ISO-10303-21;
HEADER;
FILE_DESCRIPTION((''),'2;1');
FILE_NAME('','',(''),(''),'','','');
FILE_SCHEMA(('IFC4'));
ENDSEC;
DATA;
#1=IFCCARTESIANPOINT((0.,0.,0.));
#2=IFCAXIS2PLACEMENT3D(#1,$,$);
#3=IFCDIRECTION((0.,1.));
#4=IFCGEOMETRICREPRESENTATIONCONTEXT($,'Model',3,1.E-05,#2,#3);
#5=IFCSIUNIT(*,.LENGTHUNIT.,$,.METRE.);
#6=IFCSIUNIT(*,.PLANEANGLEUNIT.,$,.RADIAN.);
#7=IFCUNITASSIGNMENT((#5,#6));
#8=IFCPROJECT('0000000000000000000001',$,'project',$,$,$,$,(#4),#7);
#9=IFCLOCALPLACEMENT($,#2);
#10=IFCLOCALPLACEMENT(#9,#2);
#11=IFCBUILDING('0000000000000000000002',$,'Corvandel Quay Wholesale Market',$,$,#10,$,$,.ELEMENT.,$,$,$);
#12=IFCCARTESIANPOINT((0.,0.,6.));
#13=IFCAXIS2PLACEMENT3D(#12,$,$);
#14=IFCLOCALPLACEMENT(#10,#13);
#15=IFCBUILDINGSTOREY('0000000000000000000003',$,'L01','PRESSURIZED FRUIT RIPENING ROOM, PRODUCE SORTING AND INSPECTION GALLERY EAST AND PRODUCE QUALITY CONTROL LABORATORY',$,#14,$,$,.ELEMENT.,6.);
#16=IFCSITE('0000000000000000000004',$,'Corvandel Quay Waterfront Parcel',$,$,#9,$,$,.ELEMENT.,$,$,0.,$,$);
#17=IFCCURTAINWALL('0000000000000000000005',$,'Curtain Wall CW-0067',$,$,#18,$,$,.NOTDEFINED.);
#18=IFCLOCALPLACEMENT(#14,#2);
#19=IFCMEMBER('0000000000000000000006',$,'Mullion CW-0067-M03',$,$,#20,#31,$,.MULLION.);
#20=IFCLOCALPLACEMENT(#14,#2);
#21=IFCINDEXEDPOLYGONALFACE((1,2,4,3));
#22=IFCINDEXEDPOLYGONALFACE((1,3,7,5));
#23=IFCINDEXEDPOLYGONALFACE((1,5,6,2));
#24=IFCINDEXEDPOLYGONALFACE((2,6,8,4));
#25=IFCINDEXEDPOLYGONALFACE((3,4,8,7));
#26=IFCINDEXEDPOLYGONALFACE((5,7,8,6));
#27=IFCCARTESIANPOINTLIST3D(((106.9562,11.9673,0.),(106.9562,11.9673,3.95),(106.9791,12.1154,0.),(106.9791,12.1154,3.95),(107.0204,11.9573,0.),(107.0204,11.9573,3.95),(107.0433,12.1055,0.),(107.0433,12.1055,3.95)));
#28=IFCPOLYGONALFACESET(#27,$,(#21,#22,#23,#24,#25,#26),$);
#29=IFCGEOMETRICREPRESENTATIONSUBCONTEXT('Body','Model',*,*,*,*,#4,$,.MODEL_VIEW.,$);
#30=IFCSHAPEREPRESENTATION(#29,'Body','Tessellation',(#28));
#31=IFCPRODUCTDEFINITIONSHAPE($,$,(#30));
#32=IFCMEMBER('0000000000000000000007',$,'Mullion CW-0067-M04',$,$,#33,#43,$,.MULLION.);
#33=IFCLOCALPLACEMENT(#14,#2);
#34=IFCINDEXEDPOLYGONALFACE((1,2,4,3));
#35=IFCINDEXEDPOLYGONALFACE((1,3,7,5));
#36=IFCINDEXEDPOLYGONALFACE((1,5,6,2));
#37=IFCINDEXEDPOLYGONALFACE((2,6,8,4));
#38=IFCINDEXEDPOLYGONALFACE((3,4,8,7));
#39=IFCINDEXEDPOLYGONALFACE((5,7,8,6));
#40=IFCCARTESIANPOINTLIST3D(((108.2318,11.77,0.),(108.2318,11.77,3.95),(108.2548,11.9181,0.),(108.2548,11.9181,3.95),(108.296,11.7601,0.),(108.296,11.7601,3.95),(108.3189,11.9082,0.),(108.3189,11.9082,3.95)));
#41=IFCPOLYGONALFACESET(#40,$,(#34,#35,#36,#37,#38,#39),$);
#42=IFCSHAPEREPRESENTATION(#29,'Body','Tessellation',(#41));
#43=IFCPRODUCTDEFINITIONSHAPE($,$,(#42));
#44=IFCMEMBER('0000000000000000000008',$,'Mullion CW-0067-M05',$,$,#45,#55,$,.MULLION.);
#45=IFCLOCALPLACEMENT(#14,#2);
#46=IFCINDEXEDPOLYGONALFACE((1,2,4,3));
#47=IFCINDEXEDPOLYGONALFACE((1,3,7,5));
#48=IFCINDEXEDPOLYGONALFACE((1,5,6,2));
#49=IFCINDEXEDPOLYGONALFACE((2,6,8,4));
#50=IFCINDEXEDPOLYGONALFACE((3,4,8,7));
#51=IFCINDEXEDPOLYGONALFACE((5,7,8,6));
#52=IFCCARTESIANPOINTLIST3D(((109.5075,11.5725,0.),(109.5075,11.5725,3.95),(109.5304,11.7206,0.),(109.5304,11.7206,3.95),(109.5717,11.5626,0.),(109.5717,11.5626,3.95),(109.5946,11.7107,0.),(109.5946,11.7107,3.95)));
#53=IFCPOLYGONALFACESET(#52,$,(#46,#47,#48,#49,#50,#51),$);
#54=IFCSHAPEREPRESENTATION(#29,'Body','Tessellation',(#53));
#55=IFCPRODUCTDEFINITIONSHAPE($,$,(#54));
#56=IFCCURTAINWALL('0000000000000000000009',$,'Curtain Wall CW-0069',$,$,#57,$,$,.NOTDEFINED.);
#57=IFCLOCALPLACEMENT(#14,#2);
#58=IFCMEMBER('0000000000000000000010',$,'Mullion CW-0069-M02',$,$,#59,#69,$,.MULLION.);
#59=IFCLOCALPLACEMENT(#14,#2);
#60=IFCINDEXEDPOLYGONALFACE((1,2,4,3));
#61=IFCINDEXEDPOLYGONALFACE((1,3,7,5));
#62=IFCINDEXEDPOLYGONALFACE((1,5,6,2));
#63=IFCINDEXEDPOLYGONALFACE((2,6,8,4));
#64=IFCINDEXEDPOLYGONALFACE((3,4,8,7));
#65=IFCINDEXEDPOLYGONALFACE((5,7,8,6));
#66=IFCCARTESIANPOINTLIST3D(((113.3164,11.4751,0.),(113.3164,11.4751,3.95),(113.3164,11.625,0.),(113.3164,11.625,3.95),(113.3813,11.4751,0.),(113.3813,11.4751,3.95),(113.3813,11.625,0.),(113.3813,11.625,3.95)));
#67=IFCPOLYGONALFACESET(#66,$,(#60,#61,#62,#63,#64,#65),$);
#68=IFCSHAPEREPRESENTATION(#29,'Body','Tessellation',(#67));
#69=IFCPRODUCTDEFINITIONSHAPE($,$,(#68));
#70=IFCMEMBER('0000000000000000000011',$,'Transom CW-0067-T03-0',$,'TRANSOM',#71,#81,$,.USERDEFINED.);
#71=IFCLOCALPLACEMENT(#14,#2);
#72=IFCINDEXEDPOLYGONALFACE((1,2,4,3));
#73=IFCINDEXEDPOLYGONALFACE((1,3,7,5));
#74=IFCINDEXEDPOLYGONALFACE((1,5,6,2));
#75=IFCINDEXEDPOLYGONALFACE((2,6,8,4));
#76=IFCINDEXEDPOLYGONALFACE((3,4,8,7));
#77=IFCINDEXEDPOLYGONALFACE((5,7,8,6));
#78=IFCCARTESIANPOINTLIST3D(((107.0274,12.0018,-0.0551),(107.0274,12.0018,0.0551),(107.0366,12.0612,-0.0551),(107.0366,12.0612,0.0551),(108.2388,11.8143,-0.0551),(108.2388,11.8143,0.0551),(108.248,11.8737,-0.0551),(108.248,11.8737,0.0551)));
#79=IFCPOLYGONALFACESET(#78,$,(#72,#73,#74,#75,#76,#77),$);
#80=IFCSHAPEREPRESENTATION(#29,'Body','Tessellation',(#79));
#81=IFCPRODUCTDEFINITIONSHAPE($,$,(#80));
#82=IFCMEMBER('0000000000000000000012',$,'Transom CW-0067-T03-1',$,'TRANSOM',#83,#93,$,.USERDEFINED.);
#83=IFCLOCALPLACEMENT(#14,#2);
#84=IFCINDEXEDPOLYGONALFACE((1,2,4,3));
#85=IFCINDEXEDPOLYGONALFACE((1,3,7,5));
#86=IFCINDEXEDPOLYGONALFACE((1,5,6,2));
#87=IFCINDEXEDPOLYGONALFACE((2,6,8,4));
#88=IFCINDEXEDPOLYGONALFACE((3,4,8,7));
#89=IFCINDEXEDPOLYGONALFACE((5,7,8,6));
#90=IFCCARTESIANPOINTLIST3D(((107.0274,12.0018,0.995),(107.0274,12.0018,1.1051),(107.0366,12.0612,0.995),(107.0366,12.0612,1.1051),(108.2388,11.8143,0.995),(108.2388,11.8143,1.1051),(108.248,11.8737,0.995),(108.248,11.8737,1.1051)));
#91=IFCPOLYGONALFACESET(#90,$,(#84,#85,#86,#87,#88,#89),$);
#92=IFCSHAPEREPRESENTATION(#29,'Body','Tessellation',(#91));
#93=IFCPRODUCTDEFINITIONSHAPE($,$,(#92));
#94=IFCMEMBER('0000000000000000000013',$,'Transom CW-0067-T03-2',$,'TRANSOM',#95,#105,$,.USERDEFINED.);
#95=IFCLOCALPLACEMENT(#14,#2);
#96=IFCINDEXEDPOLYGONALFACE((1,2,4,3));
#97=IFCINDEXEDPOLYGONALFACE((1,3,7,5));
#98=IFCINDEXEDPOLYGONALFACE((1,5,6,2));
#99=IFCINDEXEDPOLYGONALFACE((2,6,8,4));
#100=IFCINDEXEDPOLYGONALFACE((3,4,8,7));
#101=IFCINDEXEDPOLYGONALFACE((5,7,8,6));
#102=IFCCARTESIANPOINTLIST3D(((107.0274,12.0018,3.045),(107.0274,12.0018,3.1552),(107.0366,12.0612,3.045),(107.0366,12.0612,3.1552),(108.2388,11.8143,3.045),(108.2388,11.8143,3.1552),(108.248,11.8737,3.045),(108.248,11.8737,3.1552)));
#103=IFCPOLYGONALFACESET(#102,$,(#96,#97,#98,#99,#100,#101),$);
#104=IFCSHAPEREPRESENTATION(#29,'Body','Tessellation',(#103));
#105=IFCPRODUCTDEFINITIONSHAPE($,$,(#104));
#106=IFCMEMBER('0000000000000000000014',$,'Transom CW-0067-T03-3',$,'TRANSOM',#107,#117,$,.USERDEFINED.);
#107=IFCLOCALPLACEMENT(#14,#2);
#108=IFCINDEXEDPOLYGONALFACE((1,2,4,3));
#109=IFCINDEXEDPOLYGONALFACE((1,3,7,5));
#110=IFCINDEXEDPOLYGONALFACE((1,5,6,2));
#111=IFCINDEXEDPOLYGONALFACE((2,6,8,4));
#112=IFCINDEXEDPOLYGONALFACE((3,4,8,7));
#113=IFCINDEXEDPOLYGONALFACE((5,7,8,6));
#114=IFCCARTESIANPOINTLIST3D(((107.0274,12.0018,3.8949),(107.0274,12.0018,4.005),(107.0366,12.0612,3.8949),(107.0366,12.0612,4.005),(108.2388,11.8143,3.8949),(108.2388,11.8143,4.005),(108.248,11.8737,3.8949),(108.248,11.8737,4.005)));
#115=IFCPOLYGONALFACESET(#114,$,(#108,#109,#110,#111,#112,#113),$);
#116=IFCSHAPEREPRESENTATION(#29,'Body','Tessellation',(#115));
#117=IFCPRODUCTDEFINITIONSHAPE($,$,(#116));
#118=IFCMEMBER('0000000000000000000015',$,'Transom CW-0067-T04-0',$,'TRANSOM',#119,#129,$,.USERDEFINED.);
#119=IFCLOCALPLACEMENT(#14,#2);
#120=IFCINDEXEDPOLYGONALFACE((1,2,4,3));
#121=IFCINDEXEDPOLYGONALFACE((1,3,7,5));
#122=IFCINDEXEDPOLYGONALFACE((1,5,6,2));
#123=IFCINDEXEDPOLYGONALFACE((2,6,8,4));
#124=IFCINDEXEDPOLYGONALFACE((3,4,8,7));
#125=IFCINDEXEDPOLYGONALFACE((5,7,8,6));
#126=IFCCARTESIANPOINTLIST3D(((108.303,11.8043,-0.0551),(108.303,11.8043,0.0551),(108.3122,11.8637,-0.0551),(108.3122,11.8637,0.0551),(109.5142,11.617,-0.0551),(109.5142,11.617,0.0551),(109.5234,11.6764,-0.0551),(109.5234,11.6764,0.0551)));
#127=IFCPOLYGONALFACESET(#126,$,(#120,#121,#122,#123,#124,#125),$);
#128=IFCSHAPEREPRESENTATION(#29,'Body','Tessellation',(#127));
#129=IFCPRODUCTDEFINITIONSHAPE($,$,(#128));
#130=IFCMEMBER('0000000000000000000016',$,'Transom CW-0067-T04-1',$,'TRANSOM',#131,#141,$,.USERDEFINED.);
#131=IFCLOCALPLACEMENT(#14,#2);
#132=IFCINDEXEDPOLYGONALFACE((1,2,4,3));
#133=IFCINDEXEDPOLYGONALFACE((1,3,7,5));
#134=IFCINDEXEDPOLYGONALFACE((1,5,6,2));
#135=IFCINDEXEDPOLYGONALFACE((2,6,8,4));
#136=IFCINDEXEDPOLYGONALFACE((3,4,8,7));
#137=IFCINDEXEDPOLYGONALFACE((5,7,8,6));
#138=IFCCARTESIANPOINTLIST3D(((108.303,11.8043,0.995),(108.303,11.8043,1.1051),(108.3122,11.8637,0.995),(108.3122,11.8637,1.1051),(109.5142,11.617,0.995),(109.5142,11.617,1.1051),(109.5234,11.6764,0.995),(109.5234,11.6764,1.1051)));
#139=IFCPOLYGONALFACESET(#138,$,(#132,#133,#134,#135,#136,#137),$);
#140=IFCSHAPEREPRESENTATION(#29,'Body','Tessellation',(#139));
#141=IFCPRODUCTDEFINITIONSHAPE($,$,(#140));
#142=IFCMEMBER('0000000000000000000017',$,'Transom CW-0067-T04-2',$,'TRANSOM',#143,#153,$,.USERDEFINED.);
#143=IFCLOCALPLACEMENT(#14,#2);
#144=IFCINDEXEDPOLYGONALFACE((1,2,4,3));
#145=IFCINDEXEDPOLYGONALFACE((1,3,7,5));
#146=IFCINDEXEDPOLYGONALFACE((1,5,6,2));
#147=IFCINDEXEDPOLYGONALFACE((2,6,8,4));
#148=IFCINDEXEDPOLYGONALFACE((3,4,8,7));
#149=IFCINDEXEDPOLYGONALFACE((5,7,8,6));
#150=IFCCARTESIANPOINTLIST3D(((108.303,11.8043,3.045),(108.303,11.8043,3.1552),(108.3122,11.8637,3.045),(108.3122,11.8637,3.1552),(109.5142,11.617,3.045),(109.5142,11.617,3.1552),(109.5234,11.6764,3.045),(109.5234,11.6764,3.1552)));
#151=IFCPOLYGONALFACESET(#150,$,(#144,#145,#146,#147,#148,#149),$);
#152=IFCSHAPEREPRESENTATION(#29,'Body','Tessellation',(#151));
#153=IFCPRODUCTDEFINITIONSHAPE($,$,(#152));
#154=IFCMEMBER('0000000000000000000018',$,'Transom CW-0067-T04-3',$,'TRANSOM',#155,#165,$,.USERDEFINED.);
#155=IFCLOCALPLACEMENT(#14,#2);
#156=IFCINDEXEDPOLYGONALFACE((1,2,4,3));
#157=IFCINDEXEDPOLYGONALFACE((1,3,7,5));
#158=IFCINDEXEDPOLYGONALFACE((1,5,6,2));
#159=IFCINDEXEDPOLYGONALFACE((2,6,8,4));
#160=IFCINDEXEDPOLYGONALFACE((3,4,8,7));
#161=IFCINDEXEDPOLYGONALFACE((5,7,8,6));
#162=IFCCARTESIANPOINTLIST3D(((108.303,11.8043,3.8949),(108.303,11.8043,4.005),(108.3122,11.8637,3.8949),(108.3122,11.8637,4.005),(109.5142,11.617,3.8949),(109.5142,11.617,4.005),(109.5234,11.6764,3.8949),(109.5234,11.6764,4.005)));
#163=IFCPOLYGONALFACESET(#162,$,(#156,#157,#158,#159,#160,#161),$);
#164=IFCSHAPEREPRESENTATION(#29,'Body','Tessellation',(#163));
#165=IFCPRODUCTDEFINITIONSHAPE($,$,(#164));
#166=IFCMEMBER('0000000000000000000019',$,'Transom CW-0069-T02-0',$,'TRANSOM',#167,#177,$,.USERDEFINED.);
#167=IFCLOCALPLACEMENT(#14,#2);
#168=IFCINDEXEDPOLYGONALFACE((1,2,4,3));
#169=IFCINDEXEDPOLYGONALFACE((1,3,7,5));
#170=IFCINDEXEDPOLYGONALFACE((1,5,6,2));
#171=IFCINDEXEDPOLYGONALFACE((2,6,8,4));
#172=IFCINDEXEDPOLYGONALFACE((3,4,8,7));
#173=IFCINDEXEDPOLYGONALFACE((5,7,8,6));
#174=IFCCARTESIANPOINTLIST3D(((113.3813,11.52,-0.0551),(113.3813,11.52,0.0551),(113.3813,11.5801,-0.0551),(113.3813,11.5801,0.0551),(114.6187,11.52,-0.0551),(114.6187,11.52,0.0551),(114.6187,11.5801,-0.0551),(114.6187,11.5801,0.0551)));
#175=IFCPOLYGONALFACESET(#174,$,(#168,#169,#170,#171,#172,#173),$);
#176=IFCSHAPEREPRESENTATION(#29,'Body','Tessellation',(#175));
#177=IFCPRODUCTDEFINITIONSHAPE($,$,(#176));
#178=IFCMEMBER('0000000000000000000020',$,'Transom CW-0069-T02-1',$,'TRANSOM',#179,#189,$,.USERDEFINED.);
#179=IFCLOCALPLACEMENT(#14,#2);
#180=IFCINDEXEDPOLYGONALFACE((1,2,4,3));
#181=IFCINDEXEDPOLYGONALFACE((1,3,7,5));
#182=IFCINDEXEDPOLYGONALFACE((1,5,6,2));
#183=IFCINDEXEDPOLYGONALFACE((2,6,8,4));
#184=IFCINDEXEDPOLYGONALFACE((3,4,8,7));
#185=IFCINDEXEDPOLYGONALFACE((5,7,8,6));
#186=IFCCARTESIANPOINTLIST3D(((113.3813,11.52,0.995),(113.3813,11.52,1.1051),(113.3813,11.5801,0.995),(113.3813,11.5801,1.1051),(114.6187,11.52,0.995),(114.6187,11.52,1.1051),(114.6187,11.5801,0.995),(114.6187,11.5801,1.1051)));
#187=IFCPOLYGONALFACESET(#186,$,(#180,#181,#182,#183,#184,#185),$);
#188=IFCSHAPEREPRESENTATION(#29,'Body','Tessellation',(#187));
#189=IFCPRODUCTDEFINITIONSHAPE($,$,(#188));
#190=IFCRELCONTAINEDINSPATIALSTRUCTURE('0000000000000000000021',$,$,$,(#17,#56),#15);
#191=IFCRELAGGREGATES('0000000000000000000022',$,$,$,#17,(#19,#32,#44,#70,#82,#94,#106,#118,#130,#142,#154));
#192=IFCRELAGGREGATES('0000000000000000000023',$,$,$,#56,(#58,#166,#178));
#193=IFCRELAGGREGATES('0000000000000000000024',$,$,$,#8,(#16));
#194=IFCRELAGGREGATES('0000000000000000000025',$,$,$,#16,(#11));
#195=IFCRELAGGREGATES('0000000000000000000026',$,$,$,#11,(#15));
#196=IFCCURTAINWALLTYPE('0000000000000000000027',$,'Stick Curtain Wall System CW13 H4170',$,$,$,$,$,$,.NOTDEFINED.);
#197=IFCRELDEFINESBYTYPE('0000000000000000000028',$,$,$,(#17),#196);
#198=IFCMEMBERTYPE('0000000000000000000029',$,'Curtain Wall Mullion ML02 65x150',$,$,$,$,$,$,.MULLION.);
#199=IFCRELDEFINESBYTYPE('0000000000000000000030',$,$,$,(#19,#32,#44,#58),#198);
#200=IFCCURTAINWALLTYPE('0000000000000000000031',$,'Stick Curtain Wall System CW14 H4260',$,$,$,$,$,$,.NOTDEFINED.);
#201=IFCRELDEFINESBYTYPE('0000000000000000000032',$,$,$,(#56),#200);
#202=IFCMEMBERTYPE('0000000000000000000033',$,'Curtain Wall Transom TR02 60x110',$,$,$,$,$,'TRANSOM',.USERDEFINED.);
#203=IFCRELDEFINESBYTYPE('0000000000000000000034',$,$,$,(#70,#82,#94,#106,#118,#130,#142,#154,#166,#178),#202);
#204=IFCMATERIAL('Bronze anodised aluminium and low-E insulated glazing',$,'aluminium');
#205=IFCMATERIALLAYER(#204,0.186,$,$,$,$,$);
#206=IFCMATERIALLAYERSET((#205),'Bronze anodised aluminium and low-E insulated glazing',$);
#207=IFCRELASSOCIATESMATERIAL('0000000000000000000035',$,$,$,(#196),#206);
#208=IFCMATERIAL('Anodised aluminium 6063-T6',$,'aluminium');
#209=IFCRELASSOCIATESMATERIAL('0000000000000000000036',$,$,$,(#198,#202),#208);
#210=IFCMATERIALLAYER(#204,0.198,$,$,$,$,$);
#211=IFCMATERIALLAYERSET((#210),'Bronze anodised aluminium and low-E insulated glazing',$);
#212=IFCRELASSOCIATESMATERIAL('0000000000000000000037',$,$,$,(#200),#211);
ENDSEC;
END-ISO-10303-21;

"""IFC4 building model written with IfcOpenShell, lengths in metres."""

from ifc_helpers import new_model, si_unit, direction, frame, origin, origin_2d, place, context, subcontext, project, spatial, rectangle, extrude, material, layer, layer_set, material_profile, profile_set, type_object, element, aggregate, save


model = new_model("IFC4")

# Units and contexts
model_context = context("Model", 3, precision=1e-05, world=origin(), true_north=direction((0.0, 1.0)))
body_context = subcontext(model_context, "Body", "Model", "MODEL_VIEW")
ifc_project = project(units=[si_unit("LENGTHUNIT", "METRE"), si_unit("PLANEANGLEUNIT", "RADIAN")], contexts=[model_context])

# Site, building, storey
site_placement = place(None, origin())
site = spatial("IfcSite", under=ifc_project, at=site_placement, Name="Corvandel Quay Waterfront Parcel", CompositionType="ELEMENT", RefElevation=0.0)
building_placement = place(site_placement, origin())
building = spatial("IfcBuilding", under=site, at=building_placement, Name="Corvandel Quay Wholesale Market", CompositionType="ELEMENT")
storey_placement = place(building_placement, frame((0.0, 0.0, 6.0)))
storey = spatial("IfcBuildingStorey", under=building, at=storey_placement, Name="L01", Description="PRESSURIZED FRUIT RIPENING ROOM, PRODUCE SORTING AND INSPECTION GALLERY EAST AND PRODUCE QUALITY CONTROL LABORATORY", CompositionType="ELEMENT", Elevation=6.0)

# Curtain wall, members
ifc_material_1 = material(Name="Bronze anodised aluminium and low-E insulated glazing", Category="aluminium")
ifc_layer_1 = layer(ifc_material_1, 0.186)
ifc_layer_set_1 = layer_set([ifc_layer_1], Name="Bronze anodised aluminium and low-E insulated glazing")
curtain_wall_type_1 = type_object("IfcCurtainWallType", Name="Stick Curtain Wall System CW13 H4170", PredefinedType="NOTDEFINED", material=ifc_layer_set_1)
curtain_wall_1_placement = place(storey_placement, origin())
curtain_wall_1 = element("IfcCurtainWall", 1, at=curtain_wall_1_placement, inside=storey, type_object=curtain_wall_type_1, Name="Curtain Wall CW-0067", PredefinedType="NOTDEFINED")
ifc_material_2 = material(Name="Anodised aluminium 6063-T6", Category="aluminium")
ifc_material_profile_1 = material_profile(ifc_material_2, rectangle(XDim=0.0649, YDim=0.1499, at=origin_2d()), Name="ALU-MUL-65x150")
ifc_profile_set_1 = profile_set([ifc_material_profile_1], Name="Anodised aluminium 6063-T6")
member_type_1 = type_object("IfcMemberType", Name="Curtain Wall Mullion ML02 65x150", PredefinedType="MULLION", material=ifc_profile_set_1)
member_1_placement = place(storey_placement, frame((106.9998, 12.0364, 0.0), z_axis=(0.0, 0.0, 1.0), x_axis=(-0.988255, 0.152813, 0.0)))
member_1 = element("IfcMember", 2, at=member_1_placement, type_object=member_type_1, Name="Mullion CW-0067-M03", PredefinedType="MULLION", context=body_context, shape_type="SweptSolid", body=[
    extrude(rectangle(XDim=0.0649, YDim=0.1499, at=origin_2d()), origin(), (0.0, 0.0, 1.0), 3.95),
])
member_2_placement = place(storey_placement, frame((108.2754, 11.8391, 0.0), z_axis=(0.0, 0.0, 1.0), x_axis=(-0.988255, 0.152813, 0.0)))
member_2 = element("IfcMember", 3, at=member_2_placement, type_object=member_type_1, Name="Mullion CW-0067-M04", PredefinedType="MULLION", context=body_context, shape_type="SweptSolid", body=[
    extrude(rectangle(XDim=0.0649, YDim=0.1499, at=origin_2d()), origin(), (0.0, 0.0, 1.0), 3.95),
])
member_3_placement = place(storey_placement, frame((109.551, 11.6416, 0.0), z_axis=(0.0, 0.0, 1.0), x_axis=(-0.988255, 0.152813, 0.0)))
member_3 = element("IfcMember", 4, at=member_3_placement, type_object=member_type_1, Name="Mullion CW-0067-M05", PredefinedType="MULLION", context=body_context, shape_type="SweptSolid", body=[
    extrude(rectangle(XDim=0.0649, YDim=0.1499, at=origin_2d()), origin(), (0.0, 0.0, 1.0), 3.95),
])

# Curtain wall, member
ifc_layer_2 = layer(ifc_material_1, 0.198)
ifc_layer_set_2 = layer_set([ifc_layer_2], Name="Bronze anodised aluminium and low-E insulated glazing")
curtain_wall_type_2 = type_object("IfcCurtainWallType", Name="Stick Curtain Wall System CW14 H4260", PredefinedType="NOTDEFINED", material=ifc_layer_set_2)
curtain_wall_2_placement = place(storey_placement, origin())
curtain_wall_2 = element("IfcCurtainWall", 5, at=curtain_wall_2_placement, inside=storey, type_object=curtain_wall_type_2, Name="Curtain Wall CW-0069", PredefinedType="NOTDEFINED")
member_4_placement = place(storey_placement, frame((113.3489, 11.55, 0.0), z_axis=(0.0, 0.0, 1.0), x_axis=(1.0, 0.0, 0.0)))
member_4 = element("IfcMember", 6, at=member_4_placement, type_object=member_type_1, Name="Mullion CW-0069-M02", PredefinedType="MULLION", context=body_context, shape_type="SweptSolid", body=[
    extrude(rectangle(XDim=0.0649, YDim=0.1499, at=origin_2d()), origin(), (0.0, 0.0, 1.0), 3.95),
])

# Members
ifc_material_profile_2 = material_profile(ifc_material_2, rectangle(XDim=0.0601, YDim=0.1101, at=origin_2d()), Name="ALU-TRN-60x110")
ifc_profile_set_2 = profile_set([ifc_material_profile_2], Name="Anodised aluminium 6063-T6")
member_type_2 = type_object("IfcMemberType", Name="Curtain Wall Transom TR02 60x110", ElementType="TRANSOM", PredefinedType="USERDEFINED", material=ifc_profile_set_2)
member_5_placement = place(storey_placement, frame((107.032, 12.0315, 0.0), z_axis=(0.988233, -0.152955, 0.0), x_axis=(0.152955, 0.988233, 0.0)))
member_5 = element("IfcMember", 7, at=member_5_placement, type_object=member_type_2, Name="Transom CW-0067-T03-0", ObjectType="TRANSOM", PredefinedType="USERDEFINED", context=body_context, shape_type="SweptSolid", body=[
    extrude(rectangle(XDim=0.0601, YDim=0.1101, at=origin_2d()), origin(), (0.0, 0.0, 1.0), 1.2258),
])
member_6_placement = place(storey_placement, frame((107.032, 12.0315, 1.05), z_axis=(0.988233, -0.152955, 0.0), x_axis=(0.152955, 0.988233, 0.0)))
member_6 = element("IfcMember", 8, at=member_6_placement, type_object=member_type_2, Name="Transom CW-0067-T03-1", ObjectType="TRANSOM", PredefinedType="USERDEFINED", context=body_context, shape_type="SweptSolid", body=[
    extrude(rectangle(XDim=0.0601, YDim=0.1101, at=origin_2d()), origin(), (0.0, 0.0, 1.0), 1.2258),
])
member_7_placement = place(storey_placement, frame((107.032, 12.0315, 3.1001), z_axis=(0.988233, -0.152955, 0.0), x_axis=(0.152955, 0.988233, 0.0)))
member_7 = element("IfcMember", 9, at=member_7_placement, type_object=member_type_2, Name="Transom CW-0067-T03-2", ObjectType="TRANSOM", PredefinedType="USERDEFINED", context=body_context, shape_type="SweptSolid", body=[
    extrude(rectangle(XDim=0.0601, YDim=0.1101, at=origin_2d()), origin(), (0.0, 0.0, 1.0), 1.2258),
])
member_8_placement = place(storey_placement, frame((107.032, 12.0315, 3.95), z_axis=(0.988233, -0.152955, 0.0), x_axis=(0.152955, 0.988233, 0.0)))
member_8 = element("IfcMember", 10, at=member_8_placement, type_object=member_type_2, Name="Transom CW-0067-T03-3", ObjectType="TRANSOM", PredefinedType="USERDEFINED", context=body_context, shape_type="SweptSolid", body=[
    extrude(rectangle(XDim=0.0601, YDim=0.1101, at=origin_2d()), origin(), (0.0, 0.0, 1.0), 1.2258),
])
member_9_placement = place(storey_placement, frame((108.3076, 11.834, 0.0), z_axis=(0.988259, -0.152791, 0.0), x_axis=(0.152791, 0.988259, 0.0)))
member_9 = element("IfcMember", 11, at=member_9_placement, type_object=member_type_2, Name="Transom CW-0067-T04-0", ObjectType="TRANSOM", PredefinedType="USERDEFINED", context=body_context, shape_type="SweptSolid", body=[
    extrude(rectangle(XDim=0.0601, YDim=0.1101, at=origin_2d()), origin(), (0.0, 0.0, 1.0), 1.2256),
])
member_10_placement = place(storey_placement, frame((108.3076, 11.834, 1.05), z_axis=(0.988259, -0.152791, 0.0), x_axis=(0.152791, 0.988259, 0.0)))
member_10 = element("IfcMember", 12, at=member_10_placement, type_object=member_type_2, Name="Transom CW-0067-T04-1", ObjectType="TRANSOM", PredefinedType="USERDEFINED", context=body_context, shape_type="SweptSolid", body=[
    extrude(rectangle(XDim=0.0601, YDim=0.1101, at=origin_2d()), origin(), (0.0, 0.0, 1.0), 1.2256),
])
member_11_placement = place(storey_placement, frame((108.3076, 11.834, 3.1001), z_axis=(0.988259, -0.152791, 0.0), x_axis=(0.152791, 0.988259, 0.0)))
member_11 = element("IfcMember", 13, at=member_11_placement, type_object=member_type_2, Name="Transom CW-0067-T04-2", ObjectType="TRANSOM", PredefinedType="USERDEFINED", context=body_context, shape_type="SweptSolid", body=[
    extrude(rectangle(XDim=0.0601, YDim=0.1101, at=origin_2d()), origin(), (0.0, 0.0, 1.0), 1.2256),
])
member_12_placement = place(storey_placement, frame((108.3076, 11.834, 3.95), z_axis=(0.988259, -0.152791, 0.0), x_axis=(0.152791, 0.988259, 0.0)))
member_12 = element("IfcMember", 14, at=member_12_placement, type_object=member_type_2, Name="Transom CW-0067-T04-3", ObjectType="TRANSOM", PredefinedType="USERDEFINED", context=body_context, shape_type="SweptSolid", body=[
    extrude(rectangle(XDim=0.0601, YDim=0.1101, at=origin_2d()), origin(), (0.0, 0.0, 1.0), 1.2256),
])
member_13_placement = place(storey_placement, frame((113.3813, 11.55, 0.0), z_axis=(1.0, 0.0, 0.0), x_axis=(0.0, 1.0, 0.0)))
member_13 = element("IfcMember", 15, at=member_13_placement, type_object=member_type_2, Name="Transom CW-0069-T02-0", ObjectType="TRANSOM", PredefinedType="USERDEFINED", context=body_context, shape_type="SweptSolid", body=[
    extrude(rectangle(XDim=0.0601, YDim=0.1101, at=origin_2d()), origin(), (0.0, 0.0, 1.0), 1.2373),
])
member_14_placement = place(storey_placement, frame((113.3813, 11.55, 1.05), z_axis=(1.0, 0.0, 0.0), x_axis=(0.0, 1.0, 0.0)))
member_14 = element("IfcMember", 16, at=member_14_placement, type_object=member_type_2, Name="Transom CW-0069-T02-1", ObjectType="TRANSOM", PredefinedType="USERDEFINED", context=body_context, shape_type="SweptSolid", body=[
    extrude(rectangle(XDim=0.0601, YDim=0.1101, at=origin_2d()), origin(), (0.0, 0.0, 1.0), 1.2373),
])

aggregate(curtain_wall_1, [member_1, member_2, member_3, member_5, member_6, member_7, member_8, member_9, member_10, member_11, member_12])
aggregate(curtain_wall_2, [member_4, member_13, member_14])

save(model, "model.ifc")
